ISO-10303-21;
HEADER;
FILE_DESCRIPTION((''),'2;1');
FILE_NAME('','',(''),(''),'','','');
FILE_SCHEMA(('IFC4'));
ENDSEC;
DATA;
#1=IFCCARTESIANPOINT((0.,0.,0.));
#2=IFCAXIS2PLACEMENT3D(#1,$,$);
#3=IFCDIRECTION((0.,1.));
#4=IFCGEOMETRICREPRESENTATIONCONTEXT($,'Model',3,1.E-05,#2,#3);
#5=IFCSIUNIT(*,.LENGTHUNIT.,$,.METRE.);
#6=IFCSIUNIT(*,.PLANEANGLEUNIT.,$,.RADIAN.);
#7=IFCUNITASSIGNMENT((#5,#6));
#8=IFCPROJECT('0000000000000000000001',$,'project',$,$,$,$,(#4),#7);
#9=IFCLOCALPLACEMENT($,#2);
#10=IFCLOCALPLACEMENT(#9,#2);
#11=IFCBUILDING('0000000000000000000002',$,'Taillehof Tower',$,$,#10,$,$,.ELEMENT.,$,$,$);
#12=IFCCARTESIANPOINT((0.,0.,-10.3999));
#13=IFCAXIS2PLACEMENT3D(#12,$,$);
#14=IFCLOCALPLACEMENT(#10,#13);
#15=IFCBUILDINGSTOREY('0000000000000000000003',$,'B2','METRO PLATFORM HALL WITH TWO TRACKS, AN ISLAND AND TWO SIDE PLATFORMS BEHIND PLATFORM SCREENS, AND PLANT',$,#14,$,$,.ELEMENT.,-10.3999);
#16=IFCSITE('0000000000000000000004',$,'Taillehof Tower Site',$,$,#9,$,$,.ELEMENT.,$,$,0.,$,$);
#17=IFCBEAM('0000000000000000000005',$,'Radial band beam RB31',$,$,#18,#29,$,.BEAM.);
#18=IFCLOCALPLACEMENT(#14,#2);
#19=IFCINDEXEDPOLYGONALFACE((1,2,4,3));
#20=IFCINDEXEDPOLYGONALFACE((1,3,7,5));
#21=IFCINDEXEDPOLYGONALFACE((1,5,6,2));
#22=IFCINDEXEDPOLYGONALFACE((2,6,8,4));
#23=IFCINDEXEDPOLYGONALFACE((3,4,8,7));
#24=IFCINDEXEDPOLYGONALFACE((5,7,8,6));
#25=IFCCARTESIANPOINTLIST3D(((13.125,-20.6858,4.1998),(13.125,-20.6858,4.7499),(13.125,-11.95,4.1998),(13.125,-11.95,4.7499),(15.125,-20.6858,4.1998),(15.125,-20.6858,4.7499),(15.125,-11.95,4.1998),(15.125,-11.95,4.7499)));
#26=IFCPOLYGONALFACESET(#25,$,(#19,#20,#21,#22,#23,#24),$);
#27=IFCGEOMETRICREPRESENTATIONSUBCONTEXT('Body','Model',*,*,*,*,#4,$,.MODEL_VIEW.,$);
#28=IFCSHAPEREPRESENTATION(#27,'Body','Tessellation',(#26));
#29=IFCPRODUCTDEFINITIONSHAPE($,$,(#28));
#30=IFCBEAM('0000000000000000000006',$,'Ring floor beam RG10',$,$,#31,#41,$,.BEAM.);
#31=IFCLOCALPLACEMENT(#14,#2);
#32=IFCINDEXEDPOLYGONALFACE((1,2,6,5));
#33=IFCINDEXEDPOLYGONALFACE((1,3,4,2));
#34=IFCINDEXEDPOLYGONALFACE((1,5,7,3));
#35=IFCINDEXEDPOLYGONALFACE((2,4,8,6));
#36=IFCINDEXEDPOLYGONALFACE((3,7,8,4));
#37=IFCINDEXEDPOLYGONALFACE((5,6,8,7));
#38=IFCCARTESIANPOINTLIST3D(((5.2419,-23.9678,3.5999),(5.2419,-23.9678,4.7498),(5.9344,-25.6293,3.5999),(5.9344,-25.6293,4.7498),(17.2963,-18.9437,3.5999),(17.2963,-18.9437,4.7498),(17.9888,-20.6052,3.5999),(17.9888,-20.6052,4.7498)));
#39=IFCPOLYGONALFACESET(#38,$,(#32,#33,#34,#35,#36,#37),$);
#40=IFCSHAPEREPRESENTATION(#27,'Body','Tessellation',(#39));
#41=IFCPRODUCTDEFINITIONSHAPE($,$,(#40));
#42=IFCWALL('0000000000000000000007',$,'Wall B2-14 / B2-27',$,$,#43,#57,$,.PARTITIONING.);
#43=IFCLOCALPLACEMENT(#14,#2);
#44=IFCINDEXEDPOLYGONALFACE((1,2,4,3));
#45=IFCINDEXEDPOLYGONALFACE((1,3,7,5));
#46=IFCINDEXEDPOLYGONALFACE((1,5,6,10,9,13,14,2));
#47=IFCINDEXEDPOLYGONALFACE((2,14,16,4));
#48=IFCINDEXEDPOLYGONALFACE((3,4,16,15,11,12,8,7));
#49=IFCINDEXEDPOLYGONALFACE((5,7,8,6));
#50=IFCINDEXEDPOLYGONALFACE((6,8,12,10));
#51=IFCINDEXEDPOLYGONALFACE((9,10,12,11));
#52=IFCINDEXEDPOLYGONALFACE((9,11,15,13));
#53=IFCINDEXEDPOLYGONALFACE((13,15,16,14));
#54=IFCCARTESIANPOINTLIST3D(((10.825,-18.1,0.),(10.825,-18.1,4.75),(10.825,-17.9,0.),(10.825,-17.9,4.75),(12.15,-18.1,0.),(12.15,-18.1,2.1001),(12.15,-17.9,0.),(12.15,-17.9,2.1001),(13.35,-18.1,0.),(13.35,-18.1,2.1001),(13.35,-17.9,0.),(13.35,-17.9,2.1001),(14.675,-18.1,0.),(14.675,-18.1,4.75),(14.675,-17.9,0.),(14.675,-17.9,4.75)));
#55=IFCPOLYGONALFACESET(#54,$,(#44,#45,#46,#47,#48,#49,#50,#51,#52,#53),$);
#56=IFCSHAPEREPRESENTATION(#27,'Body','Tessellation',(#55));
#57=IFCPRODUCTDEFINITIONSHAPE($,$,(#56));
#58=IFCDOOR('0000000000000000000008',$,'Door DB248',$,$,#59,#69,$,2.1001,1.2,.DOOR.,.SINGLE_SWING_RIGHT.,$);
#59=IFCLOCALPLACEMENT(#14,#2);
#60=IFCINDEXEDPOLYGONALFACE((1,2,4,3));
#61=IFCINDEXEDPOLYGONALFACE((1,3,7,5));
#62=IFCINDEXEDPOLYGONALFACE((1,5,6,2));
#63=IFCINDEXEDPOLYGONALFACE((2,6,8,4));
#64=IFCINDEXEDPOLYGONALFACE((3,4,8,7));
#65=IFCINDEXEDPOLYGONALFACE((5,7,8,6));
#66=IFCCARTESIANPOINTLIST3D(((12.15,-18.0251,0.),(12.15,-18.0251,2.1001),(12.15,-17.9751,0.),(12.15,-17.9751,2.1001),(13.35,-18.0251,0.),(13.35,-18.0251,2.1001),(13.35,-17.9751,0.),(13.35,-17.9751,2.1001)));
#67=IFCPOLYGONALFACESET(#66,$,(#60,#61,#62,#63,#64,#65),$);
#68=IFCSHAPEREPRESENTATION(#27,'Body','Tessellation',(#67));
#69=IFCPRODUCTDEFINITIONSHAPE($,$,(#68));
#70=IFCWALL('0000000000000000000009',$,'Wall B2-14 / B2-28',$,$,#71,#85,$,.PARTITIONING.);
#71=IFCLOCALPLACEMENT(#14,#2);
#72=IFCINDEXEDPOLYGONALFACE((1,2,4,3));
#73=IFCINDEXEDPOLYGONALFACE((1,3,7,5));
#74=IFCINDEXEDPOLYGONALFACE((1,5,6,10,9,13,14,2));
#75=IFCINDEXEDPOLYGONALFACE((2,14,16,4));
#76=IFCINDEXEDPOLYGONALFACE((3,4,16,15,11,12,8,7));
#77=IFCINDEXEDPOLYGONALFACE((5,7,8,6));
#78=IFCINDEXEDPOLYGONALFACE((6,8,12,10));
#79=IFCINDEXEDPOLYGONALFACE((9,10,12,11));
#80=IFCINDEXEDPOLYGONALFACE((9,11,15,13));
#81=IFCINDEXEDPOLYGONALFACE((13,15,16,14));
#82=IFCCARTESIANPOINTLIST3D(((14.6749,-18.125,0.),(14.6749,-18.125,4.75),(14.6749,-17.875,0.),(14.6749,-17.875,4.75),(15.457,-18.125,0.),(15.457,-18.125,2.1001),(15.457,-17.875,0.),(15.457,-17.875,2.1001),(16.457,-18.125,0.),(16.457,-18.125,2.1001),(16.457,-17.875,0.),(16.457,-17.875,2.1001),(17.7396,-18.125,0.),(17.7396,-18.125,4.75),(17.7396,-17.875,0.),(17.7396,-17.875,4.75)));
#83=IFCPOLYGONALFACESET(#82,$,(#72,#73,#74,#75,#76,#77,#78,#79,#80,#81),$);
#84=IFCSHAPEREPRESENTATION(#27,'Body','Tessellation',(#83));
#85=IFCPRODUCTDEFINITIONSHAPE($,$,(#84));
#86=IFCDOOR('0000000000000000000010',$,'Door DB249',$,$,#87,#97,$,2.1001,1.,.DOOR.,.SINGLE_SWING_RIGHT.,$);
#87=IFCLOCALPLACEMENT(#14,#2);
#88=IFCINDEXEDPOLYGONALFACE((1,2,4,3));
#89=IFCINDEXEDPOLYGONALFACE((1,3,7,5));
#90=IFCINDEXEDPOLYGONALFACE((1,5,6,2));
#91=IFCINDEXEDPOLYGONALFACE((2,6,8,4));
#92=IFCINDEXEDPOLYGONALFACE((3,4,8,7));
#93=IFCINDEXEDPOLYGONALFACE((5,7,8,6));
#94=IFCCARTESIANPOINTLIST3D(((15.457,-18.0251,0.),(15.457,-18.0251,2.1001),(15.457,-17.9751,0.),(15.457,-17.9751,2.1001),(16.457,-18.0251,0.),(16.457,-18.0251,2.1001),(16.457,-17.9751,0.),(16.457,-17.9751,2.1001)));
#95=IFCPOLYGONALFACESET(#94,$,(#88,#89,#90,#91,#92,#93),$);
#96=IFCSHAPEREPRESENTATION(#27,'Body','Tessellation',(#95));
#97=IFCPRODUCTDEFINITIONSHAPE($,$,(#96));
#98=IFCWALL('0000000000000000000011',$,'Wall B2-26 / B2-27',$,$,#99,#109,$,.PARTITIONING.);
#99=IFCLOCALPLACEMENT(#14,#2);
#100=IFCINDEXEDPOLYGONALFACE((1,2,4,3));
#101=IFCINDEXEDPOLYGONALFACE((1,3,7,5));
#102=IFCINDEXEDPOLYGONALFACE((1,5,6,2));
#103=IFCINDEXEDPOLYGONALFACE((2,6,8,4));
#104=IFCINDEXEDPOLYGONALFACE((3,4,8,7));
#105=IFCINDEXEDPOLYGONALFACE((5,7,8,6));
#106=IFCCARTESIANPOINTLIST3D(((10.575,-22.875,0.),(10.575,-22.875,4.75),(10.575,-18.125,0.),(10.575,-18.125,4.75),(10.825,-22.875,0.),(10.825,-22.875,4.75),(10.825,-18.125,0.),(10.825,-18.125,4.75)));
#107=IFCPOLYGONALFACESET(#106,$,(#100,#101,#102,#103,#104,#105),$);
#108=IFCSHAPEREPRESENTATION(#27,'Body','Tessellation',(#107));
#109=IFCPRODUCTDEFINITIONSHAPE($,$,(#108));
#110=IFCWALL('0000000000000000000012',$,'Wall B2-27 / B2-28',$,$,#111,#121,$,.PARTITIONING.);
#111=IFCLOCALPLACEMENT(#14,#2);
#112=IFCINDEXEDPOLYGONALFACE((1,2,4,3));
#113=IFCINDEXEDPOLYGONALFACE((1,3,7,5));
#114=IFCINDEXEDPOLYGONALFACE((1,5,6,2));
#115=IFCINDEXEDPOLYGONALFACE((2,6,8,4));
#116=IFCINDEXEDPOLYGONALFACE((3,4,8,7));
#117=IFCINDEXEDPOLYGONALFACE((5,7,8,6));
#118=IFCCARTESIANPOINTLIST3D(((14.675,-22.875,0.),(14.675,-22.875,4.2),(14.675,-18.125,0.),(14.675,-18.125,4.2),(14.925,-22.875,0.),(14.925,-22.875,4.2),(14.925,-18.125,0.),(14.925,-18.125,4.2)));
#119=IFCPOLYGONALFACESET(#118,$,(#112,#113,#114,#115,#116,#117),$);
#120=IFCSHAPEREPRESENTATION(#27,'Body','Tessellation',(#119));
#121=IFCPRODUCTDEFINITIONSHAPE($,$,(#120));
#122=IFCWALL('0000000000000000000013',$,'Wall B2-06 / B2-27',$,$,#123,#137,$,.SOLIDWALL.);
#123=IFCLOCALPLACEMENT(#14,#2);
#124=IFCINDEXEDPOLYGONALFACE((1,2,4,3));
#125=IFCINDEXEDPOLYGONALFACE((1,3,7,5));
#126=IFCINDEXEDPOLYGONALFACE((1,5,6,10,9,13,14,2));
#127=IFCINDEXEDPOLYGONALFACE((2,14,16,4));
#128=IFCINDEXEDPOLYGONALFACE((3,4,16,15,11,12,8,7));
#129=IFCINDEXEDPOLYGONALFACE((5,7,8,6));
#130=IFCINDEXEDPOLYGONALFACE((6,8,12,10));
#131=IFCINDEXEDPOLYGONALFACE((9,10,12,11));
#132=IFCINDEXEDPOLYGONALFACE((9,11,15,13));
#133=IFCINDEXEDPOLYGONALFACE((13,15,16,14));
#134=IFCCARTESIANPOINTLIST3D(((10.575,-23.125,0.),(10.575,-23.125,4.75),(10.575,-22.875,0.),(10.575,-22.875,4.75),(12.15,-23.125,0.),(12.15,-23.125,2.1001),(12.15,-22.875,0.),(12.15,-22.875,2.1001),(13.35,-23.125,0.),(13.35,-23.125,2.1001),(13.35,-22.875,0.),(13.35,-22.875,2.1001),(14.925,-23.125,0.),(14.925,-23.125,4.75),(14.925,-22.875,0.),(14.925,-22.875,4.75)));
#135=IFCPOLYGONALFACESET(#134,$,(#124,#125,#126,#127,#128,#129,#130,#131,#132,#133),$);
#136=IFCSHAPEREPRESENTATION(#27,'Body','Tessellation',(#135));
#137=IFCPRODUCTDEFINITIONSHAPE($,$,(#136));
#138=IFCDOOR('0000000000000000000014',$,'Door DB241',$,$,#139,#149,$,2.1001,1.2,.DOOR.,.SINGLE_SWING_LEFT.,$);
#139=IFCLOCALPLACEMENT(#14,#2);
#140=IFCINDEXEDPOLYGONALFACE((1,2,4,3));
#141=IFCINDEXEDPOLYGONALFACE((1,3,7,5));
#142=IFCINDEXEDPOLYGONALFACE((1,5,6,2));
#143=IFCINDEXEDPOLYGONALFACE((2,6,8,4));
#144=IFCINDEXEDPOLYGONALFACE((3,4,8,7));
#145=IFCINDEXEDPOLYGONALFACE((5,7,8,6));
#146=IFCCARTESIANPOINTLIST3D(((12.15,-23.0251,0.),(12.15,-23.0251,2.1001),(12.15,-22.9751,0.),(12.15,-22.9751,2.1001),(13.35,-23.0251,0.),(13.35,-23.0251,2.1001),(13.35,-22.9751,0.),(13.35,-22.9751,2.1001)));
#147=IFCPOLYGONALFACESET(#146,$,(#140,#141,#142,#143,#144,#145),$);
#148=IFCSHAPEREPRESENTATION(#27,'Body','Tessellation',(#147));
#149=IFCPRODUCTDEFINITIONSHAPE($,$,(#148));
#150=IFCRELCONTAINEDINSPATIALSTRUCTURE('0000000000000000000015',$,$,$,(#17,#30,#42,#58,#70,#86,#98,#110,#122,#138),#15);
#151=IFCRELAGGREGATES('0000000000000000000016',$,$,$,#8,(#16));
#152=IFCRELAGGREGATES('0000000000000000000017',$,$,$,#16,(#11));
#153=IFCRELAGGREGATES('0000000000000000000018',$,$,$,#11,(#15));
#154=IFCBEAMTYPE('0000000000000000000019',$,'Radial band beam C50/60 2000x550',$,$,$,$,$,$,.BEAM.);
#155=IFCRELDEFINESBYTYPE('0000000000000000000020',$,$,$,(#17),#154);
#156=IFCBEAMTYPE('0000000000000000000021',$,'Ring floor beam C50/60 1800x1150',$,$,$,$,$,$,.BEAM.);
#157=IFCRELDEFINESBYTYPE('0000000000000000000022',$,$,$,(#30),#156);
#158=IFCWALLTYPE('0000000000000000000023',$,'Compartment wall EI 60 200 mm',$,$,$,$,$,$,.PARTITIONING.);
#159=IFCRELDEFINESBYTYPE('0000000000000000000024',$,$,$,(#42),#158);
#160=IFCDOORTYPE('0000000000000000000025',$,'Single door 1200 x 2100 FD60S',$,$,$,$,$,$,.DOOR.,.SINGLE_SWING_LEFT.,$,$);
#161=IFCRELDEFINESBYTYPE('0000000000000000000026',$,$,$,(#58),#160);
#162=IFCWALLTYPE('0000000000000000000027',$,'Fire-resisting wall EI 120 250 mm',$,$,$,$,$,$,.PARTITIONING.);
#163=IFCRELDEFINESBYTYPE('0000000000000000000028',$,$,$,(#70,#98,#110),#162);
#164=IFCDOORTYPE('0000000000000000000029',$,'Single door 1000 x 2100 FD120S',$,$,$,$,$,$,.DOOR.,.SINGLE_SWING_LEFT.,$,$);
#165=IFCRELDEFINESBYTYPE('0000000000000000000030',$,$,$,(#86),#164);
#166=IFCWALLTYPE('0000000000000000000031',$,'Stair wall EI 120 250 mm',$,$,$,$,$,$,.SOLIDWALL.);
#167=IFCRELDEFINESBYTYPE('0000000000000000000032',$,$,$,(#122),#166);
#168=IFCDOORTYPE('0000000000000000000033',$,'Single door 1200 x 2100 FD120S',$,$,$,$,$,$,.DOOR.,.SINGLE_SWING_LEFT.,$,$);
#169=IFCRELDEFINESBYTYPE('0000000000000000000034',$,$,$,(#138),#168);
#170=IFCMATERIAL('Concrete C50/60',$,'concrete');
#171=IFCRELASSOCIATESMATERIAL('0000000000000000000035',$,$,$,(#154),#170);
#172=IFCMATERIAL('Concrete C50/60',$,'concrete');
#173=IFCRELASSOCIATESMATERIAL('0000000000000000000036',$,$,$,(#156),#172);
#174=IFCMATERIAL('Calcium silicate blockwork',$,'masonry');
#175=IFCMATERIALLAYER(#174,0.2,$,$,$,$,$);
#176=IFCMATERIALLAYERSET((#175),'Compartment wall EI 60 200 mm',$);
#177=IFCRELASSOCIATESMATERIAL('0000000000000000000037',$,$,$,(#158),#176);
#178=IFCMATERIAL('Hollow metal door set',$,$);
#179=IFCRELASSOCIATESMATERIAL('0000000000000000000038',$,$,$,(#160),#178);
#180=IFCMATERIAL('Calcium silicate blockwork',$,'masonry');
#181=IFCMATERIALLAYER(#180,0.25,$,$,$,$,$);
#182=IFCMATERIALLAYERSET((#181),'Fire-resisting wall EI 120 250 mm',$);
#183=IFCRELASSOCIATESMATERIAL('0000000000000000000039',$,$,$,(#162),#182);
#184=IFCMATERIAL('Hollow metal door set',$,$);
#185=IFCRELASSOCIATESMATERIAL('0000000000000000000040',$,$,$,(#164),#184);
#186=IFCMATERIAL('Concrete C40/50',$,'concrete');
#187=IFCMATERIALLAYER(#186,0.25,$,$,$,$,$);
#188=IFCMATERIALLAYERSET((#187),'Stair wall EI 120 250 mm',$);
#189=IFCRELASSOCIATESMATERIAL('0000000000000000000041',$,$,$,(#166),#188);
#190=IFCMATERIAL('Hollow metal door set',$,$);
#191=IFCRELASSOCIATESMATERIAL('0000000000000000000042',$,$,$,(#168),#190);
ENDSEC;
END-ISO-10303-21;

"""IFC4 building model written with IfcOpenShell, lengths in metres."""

from ifc_helpers import new_model, si_unit, direction, frame, frame_2d, origin, origin_2d, place, context, subcontext, project, spatial, rectangle, extrude, material, layer, layer_set, material_profile, profile_set, type_object, element, fill, save


model = new_model("IFC4")

# Units and contexts
model_context = context("Model", 3, precision=1e-05, world=origin(), true_north=direction((0.0, 1.0)))
body_context = subcontext(model_context, "Body", "Model", "MODEL_VIEW")
ifc_project = project(units=[si_unit("LENGTHUNIT", "METRE"), si_unit("PLANEANGLEUNIT", "RADIAN")], contexts=[model_context])

# Site, building, storey
site_placement = place(None, origin())
site = spatial("IfcSite", under=ifc_project, at=site_placement, Name="Taillehof Tower Site", CompositionType="ELEMENT", RefElevation=0.0)
building_placement = place(site_placement, origin())
building = spatial("IfcBuilding", under=site, at=building_placement, Name="Taillehof Tower", CompositionType="ELEMENT")
storey_placement = place(building_placement, frame((0.0, 0.0, -10.3999)))
storey = spatial("IfcBuildingStorey", under=building, at=storey_placement, Name="B2", Description="METRO PLATFORM HALL WITH TWO TRACKS, AN ISLAND AND TWO SIDE PLATFORMS BEHIND PLATFORM SCREENS, AND PLANT", CompositionType="ELEMENT", Elevation=-10.3999)

# Beams
ifc_material_1 = material(Name="Concrete C50/60", Category="concrete")
ifc_material_profile_1 = material_profile(ifc_material_1, rectangle(XDim=2.0, YDim=0.55, at=origin_2d()), Name="RC 2000x550")
ifc_profile_set_1 = profile_set([ifc_material_profile_1], Name="Concrete C50/60")
beam_type_1 = type_object("IfcBeamType", Name="Radial band beam C50/60 2000x550", PredefinedType="BEAM", material=ifc_profile_set_1)
beam_1_placement = place(storey_placement, frame((14.125, -20.6858, 4.4749), z_axis=(0.0, 1.0, 0.0), x_axis=(-1.0, 0.0, 0.0)))
element("IfcBeam", 1, at=beam_1_placement, inside=storey, type_object=beam_type_1, Name="Radial band beam RB31", PredefinedType="BEAM", context=body_context, shape_type="SweptSolid", body=[
    extrude(rectangle(XDim=2.0, YDim=0.55, at=origin_2d()), origin(), (0.0, 0.0, 1.0), 8.7358),
])
ifc_material_2 = material(Name="Concrete C50/60", Category="concrete")
ifc_material_profile_2 = material_profile(ifc_material_2, rectangle(XDim=1.8, YDim=1.1499, at=origin_2d()), Name="RC 1800x1150")
ifc_profile_set_2 = profile_set([ifc_material_profile_2], Name="Concrete C50/60")
beam_type_2 = type_object("IfcBeamType", Name="Ring floor beam C50/60 1800x1150", PredefinedType="BEAM", material=ifc_profile_set_2)
beam_2_placement = place(storey_placement, frame((5.5881, -24.7986, 4.1748), z_axis=(0.923037, 0.384712, 0.0), x_axis=(-0.384712, 0.923037, 0.0)))
element("IfcBeam", 2, at=beam_2_placement, inside=storey, type_object=beam_type_2, Name="Ring floor beam RG10", PredefinedType="BEAM", context=body_context, shape_type="SweptSolid", body=[
    extrude(rectangle(XDim=1.8, YDim=1.1499, at=origin_2d()), origin(), (0.0, 0.0, 1.0), 13.0596),
])

# Walls, openings, doors
ifc_material_3 = material(Name="Calcium silicate blockwork", Category="masonry")
ifc_layer_1 = layer(ifc_material_3, 0.2)
ifc_layer_set_1 = layer_set([ifc_layer_1], Name="Compartment wall EI 60 200 mm")
wall_type_1 = type_object("IfcWallType", Name="Compartment wall EI 60 200 mm", PredefinedType="PARTITIONING", material=ifc_layer_set_1)
wall_1_placement = place(storey_placement, frame((10.825, -18.0, 0.0), z_axis=(0.0, 0.0, 1.0), x_axis=(1.0, 0.0, 0.0)))
wall_1 = element("IfcWall", 3, at=wall_1_placement, inside=storey, type_object=wall_type_1, Name="Wall B2-14 / B2-27", PredefinedType="PARTITIONING", context=body_context, shape_type="SweptSolid", body=[
    extrude(rectangle(XDim=3.8501, YDim=0.2, at=frame_2d((1.925, 0.0))), origin(), (0.0, 0.0, 1.0), 4.75),
])
opening_1_placement = place(wall_1_placement, frame((1.325, 0.0, 0.0)))
opening_1 = element("IfcOpeningElement", 4, at=opening_1_placement, cuts=wall_1, PredefinedType="OPENING", context=body_context, shape_type="SweptSolid", body=[
    extrude(rectangle(XDim=1.2, YDim=2.1001, at=frame_2d((0.6001, 1.05))), frame((0.0, 0.1099, 0.0), z_axis=(0.0, -1.0, 0.0), x_axis=(1.0, 0.0, 0.0)), (0.0, 0.0, 1.0), 0.22),
])
ifc_material_4 = material(Name="Hollow metal door set")
door_type_1 = type_object("IfcDoorType", Name="Single door 1200 x 2100 FD60S", OperationType="SINGLE_SWING_LEFT", PredefinedType="DOOR", material=ifc_material_4)
door_1_placement = place(opening_1_placement, origin())
door_1 = element("IfcDoor", 5, at=door_1_placement, inside=storey, type_object=door_type_1, Name="Door DB248", OperationType="SINGLE_SWING_RIGHT", OverallHeight=2.1001, OverallWidth=1.2, PredefinedType="DOOR", context=body_context, shape_type="SweptSolid", body=[
    extrude(rectangle(XDim=1.2, YDim=2.1001, at=frame_2d((0.6001, 1.05))), frame((0.0, 0.0249, 0.0), z_axis=(0.0, -1.0, 0.0), x_axis=(1.0, 0.0, 0.0)), (0.0, 0.0, 1.0), 0.05),
])
fill(opening_1, door_1)
ifc_material_5 = material(Name="Calcium silicate blockwork", Category="masonry")
ifc_layer_2 = layer(ifc_material_5, 0.25)
ifc_layer_set_2 = layer_set([ifc_layer_2], Name="Fire-resisting wall EI 120 250 mm")
wall_type_2 = type_object("IfcWallType", Name="Fire-resisting wall EI 120 250 mm", PredefinedType="PARTITIONING", material=ifc_layer_set_2)
wall_2_placement = place(storey_placement, frame((14.675, -18.0, 0.0), z_axis=(0.0, 0.0, 1.0), x_axis=(1.0, 0.0, 0.0)))
wall_2 = element("IfcWall", 6, at=wall_2_placement, inside=storey, type_object=wall_type_2, Name="Wall B2-14 / B2-28", PredefinedType="PARTITIONING", context=body_context, shape_type="SweptSolid", body=[
    extrude(rectangle(XDim=3.0647, YDim=0.25, at=frame_2d((1.5322, 0.0))), origin(), (0.0, 0.0, 1.0), 4.75),
])
opening_2_placement = place(wall_2_placement, frame((0.782, 0.0, 0.0)))
opening_2 = element("IfcOpeningElement", 7, at=opening_2_placement, cuts=wall_2, PredefinedType="OPENING", context=body_context, shape_type="SweptSolid", body=[
    extrude(rectangle(XDim=1.0, YDim=2.1001, at=frame_2d((0.5, 1.05))), frame((0.0, 0.135, 0.0), z_axis=(0.0, -1.0, 0.0), x_axis=(1.0, 0.0, 0.0)), (0.0, 0.0, 1.0), 0.27),
])
ifc_material_6 = material(Name="Hollow metal door set")
door_type_2 = type_object("IfcDoorType", Name="Single door 1000 x 2100 FD120S", OperationType="SINGLE_SWING_LEFT", PredefinedType="DOOR", material=ifc_material_6)
door_2_placement = place(opening_2_placement, origin())
door_2 = element("IfcDoor", 8, at=door_2_placement, inside=storey, type_object=door_type_2, Name="Door DB249", OperationType="SINGLE_SWING_RIGHT", OverallHeight=2.1001, OverallWidth=1.0, PredefinedType="DOOR", context=body_context, shape_type="SweptSolid", body=[
    extrude(rectangle(XDim=1.0, YDim=2.1001, at=frame_2d((0.5, 1.05))), frame((0.0, 0.0249, 0.0), z_axis=(0.0, -1.0, 0.0), x_axis=(1.0, 0.0, 0.0)), (0.0, 0.0, 1.0), 0.05),
])
fill(opening_2, door_2)

# Walls
wall_3_placement = place(storey_placement, frame((10.7, -22.875, 0.0), z_axis=(0.0, 0.0, 1.0), x_axis=(0.0, 1.0, 0.0)))
element("IfcWall", 9, at=wall_3_placement, inside=storey, type_object=wall_type_2, Name="Wall B2-26 / B2-27", PredefinedType="PARTITIONING", context=body_context, shape_type="SweptSolid", body=[
    extrude(rectangle(XDim=4.75, YDim=0.25, at=frame_2d((2.375, 0.0))), origin(), (0.0, 0.0, 1.0), 4.75),
])
wall_4_placement = place(storey_placement, frame((14.8, -22.875, 0.0), z_axis=(0.0, 0.0, 1.0), x_axis=(0.0, 1.0, 0.0)))
element("IfcWall", 10, at=wall_4_placement, inside=storey, type_object=wall_type_2, Name="Wall B2-27 / B2-28", PredefinedType="PARTITIONING", context=body_context, shape_type="SweptSolid", body=[
    extrude(rectangle(XDim=4.75, YDim=0.25, at=frame_2d((2.375, 0.0))), origin(), (0.0, 0.0, 1.0), 4.2),
])

# Wall, opening, door
ifc_material_7 = material(Name="Concrete C40/50", Category="concrete")
ifc_layer_3 = layer(ifc_material_7, 0.25)
ifc_layer_set_3 = layer_set([ifc_layer_3], Name="Stair wall EI 120 250 mm")
wall_type_3 = type_object("IfcWallType", Name="Stair wall EI 120 250 mm", PredefinedType="SOLIDWALL", material=ifc_layer_set_3)
wall_5_placement = place(storey_placement, frame((10.575, -23.0, 0.0), z_axis=(0.0, 0.0, 1.0), x_axis=(1.0, 0.0, 0.0)))
wall_5 = element("IfcWall", 11, at=wall_5_placement, inside=storey, type_object=wall_type_3, Name="Wall B2-06 / B2-27", PredefinedType="SOLIDWALL", context=body_context, shape_type="SweptSolid", body=[
    extrude(rectangle(XDim=4.3501, YDim=0.25, at=frame_2d((2.175, 0.0))), origin(), (0.0, 0.0, 1.0), 4.75),
])
opening_3_placement = place(wall_5_placement, frame((1.575, 0.0, 0.0)))
opening_3 = element("IfcOpeningElement", 12, at=opening_3_placement, cuts=wall_5, PredefinedType="OPENING", context=body_context, shape_type="SweptSolid", body=[
    extrude(rectangle(XDim=1.2, YDim=2.1001, at=frame_2d((0.6001, 1.05))), frame((0.0, 0.135, 0.0), z_axis=(0.0, -1.0, 0.0), x_axis=(1.0, 0.0, 0.0)), (0.0, 0.0, 1.0), 0.27),
])
ifc_material_8 = material(Name="Hollow metal door set")
door_type_3 = type_object("IfcDoorType", Name="Single door 1200 x 2100 FD120S", OperationType="SINGLE_SWING_LEFT", PredefinedType="DOOR", material=ifc_material_8)
door_3_placement = place(opening_3_placement, origin())
door_3 = element("IfcDoor", 13, at=door_3_placement, inside=storey, type_object=door_type_3, Name="Door DB241", OperationType="SINGLE_SWING_LEFT", OverallHeight=2.1001, OverallWidth=1.2, PredefinedType="DOOR", context=body_context, shape_type="SweptSolid", body=[
    extrude(rectangle(XDim=1.2, YDim=2.1001, at=frame_2d((0.6001, 1.05))), frame((0.0, 0.0249, 0.0), z_axis=(0.0, -1.0, 0.0), x_axis=(1.0, 0.0, 0.0)), (0.0, 0.0, 1.0), 0.05),
])
fill(opening_3, door_3)

save(model, "model.ifc")
